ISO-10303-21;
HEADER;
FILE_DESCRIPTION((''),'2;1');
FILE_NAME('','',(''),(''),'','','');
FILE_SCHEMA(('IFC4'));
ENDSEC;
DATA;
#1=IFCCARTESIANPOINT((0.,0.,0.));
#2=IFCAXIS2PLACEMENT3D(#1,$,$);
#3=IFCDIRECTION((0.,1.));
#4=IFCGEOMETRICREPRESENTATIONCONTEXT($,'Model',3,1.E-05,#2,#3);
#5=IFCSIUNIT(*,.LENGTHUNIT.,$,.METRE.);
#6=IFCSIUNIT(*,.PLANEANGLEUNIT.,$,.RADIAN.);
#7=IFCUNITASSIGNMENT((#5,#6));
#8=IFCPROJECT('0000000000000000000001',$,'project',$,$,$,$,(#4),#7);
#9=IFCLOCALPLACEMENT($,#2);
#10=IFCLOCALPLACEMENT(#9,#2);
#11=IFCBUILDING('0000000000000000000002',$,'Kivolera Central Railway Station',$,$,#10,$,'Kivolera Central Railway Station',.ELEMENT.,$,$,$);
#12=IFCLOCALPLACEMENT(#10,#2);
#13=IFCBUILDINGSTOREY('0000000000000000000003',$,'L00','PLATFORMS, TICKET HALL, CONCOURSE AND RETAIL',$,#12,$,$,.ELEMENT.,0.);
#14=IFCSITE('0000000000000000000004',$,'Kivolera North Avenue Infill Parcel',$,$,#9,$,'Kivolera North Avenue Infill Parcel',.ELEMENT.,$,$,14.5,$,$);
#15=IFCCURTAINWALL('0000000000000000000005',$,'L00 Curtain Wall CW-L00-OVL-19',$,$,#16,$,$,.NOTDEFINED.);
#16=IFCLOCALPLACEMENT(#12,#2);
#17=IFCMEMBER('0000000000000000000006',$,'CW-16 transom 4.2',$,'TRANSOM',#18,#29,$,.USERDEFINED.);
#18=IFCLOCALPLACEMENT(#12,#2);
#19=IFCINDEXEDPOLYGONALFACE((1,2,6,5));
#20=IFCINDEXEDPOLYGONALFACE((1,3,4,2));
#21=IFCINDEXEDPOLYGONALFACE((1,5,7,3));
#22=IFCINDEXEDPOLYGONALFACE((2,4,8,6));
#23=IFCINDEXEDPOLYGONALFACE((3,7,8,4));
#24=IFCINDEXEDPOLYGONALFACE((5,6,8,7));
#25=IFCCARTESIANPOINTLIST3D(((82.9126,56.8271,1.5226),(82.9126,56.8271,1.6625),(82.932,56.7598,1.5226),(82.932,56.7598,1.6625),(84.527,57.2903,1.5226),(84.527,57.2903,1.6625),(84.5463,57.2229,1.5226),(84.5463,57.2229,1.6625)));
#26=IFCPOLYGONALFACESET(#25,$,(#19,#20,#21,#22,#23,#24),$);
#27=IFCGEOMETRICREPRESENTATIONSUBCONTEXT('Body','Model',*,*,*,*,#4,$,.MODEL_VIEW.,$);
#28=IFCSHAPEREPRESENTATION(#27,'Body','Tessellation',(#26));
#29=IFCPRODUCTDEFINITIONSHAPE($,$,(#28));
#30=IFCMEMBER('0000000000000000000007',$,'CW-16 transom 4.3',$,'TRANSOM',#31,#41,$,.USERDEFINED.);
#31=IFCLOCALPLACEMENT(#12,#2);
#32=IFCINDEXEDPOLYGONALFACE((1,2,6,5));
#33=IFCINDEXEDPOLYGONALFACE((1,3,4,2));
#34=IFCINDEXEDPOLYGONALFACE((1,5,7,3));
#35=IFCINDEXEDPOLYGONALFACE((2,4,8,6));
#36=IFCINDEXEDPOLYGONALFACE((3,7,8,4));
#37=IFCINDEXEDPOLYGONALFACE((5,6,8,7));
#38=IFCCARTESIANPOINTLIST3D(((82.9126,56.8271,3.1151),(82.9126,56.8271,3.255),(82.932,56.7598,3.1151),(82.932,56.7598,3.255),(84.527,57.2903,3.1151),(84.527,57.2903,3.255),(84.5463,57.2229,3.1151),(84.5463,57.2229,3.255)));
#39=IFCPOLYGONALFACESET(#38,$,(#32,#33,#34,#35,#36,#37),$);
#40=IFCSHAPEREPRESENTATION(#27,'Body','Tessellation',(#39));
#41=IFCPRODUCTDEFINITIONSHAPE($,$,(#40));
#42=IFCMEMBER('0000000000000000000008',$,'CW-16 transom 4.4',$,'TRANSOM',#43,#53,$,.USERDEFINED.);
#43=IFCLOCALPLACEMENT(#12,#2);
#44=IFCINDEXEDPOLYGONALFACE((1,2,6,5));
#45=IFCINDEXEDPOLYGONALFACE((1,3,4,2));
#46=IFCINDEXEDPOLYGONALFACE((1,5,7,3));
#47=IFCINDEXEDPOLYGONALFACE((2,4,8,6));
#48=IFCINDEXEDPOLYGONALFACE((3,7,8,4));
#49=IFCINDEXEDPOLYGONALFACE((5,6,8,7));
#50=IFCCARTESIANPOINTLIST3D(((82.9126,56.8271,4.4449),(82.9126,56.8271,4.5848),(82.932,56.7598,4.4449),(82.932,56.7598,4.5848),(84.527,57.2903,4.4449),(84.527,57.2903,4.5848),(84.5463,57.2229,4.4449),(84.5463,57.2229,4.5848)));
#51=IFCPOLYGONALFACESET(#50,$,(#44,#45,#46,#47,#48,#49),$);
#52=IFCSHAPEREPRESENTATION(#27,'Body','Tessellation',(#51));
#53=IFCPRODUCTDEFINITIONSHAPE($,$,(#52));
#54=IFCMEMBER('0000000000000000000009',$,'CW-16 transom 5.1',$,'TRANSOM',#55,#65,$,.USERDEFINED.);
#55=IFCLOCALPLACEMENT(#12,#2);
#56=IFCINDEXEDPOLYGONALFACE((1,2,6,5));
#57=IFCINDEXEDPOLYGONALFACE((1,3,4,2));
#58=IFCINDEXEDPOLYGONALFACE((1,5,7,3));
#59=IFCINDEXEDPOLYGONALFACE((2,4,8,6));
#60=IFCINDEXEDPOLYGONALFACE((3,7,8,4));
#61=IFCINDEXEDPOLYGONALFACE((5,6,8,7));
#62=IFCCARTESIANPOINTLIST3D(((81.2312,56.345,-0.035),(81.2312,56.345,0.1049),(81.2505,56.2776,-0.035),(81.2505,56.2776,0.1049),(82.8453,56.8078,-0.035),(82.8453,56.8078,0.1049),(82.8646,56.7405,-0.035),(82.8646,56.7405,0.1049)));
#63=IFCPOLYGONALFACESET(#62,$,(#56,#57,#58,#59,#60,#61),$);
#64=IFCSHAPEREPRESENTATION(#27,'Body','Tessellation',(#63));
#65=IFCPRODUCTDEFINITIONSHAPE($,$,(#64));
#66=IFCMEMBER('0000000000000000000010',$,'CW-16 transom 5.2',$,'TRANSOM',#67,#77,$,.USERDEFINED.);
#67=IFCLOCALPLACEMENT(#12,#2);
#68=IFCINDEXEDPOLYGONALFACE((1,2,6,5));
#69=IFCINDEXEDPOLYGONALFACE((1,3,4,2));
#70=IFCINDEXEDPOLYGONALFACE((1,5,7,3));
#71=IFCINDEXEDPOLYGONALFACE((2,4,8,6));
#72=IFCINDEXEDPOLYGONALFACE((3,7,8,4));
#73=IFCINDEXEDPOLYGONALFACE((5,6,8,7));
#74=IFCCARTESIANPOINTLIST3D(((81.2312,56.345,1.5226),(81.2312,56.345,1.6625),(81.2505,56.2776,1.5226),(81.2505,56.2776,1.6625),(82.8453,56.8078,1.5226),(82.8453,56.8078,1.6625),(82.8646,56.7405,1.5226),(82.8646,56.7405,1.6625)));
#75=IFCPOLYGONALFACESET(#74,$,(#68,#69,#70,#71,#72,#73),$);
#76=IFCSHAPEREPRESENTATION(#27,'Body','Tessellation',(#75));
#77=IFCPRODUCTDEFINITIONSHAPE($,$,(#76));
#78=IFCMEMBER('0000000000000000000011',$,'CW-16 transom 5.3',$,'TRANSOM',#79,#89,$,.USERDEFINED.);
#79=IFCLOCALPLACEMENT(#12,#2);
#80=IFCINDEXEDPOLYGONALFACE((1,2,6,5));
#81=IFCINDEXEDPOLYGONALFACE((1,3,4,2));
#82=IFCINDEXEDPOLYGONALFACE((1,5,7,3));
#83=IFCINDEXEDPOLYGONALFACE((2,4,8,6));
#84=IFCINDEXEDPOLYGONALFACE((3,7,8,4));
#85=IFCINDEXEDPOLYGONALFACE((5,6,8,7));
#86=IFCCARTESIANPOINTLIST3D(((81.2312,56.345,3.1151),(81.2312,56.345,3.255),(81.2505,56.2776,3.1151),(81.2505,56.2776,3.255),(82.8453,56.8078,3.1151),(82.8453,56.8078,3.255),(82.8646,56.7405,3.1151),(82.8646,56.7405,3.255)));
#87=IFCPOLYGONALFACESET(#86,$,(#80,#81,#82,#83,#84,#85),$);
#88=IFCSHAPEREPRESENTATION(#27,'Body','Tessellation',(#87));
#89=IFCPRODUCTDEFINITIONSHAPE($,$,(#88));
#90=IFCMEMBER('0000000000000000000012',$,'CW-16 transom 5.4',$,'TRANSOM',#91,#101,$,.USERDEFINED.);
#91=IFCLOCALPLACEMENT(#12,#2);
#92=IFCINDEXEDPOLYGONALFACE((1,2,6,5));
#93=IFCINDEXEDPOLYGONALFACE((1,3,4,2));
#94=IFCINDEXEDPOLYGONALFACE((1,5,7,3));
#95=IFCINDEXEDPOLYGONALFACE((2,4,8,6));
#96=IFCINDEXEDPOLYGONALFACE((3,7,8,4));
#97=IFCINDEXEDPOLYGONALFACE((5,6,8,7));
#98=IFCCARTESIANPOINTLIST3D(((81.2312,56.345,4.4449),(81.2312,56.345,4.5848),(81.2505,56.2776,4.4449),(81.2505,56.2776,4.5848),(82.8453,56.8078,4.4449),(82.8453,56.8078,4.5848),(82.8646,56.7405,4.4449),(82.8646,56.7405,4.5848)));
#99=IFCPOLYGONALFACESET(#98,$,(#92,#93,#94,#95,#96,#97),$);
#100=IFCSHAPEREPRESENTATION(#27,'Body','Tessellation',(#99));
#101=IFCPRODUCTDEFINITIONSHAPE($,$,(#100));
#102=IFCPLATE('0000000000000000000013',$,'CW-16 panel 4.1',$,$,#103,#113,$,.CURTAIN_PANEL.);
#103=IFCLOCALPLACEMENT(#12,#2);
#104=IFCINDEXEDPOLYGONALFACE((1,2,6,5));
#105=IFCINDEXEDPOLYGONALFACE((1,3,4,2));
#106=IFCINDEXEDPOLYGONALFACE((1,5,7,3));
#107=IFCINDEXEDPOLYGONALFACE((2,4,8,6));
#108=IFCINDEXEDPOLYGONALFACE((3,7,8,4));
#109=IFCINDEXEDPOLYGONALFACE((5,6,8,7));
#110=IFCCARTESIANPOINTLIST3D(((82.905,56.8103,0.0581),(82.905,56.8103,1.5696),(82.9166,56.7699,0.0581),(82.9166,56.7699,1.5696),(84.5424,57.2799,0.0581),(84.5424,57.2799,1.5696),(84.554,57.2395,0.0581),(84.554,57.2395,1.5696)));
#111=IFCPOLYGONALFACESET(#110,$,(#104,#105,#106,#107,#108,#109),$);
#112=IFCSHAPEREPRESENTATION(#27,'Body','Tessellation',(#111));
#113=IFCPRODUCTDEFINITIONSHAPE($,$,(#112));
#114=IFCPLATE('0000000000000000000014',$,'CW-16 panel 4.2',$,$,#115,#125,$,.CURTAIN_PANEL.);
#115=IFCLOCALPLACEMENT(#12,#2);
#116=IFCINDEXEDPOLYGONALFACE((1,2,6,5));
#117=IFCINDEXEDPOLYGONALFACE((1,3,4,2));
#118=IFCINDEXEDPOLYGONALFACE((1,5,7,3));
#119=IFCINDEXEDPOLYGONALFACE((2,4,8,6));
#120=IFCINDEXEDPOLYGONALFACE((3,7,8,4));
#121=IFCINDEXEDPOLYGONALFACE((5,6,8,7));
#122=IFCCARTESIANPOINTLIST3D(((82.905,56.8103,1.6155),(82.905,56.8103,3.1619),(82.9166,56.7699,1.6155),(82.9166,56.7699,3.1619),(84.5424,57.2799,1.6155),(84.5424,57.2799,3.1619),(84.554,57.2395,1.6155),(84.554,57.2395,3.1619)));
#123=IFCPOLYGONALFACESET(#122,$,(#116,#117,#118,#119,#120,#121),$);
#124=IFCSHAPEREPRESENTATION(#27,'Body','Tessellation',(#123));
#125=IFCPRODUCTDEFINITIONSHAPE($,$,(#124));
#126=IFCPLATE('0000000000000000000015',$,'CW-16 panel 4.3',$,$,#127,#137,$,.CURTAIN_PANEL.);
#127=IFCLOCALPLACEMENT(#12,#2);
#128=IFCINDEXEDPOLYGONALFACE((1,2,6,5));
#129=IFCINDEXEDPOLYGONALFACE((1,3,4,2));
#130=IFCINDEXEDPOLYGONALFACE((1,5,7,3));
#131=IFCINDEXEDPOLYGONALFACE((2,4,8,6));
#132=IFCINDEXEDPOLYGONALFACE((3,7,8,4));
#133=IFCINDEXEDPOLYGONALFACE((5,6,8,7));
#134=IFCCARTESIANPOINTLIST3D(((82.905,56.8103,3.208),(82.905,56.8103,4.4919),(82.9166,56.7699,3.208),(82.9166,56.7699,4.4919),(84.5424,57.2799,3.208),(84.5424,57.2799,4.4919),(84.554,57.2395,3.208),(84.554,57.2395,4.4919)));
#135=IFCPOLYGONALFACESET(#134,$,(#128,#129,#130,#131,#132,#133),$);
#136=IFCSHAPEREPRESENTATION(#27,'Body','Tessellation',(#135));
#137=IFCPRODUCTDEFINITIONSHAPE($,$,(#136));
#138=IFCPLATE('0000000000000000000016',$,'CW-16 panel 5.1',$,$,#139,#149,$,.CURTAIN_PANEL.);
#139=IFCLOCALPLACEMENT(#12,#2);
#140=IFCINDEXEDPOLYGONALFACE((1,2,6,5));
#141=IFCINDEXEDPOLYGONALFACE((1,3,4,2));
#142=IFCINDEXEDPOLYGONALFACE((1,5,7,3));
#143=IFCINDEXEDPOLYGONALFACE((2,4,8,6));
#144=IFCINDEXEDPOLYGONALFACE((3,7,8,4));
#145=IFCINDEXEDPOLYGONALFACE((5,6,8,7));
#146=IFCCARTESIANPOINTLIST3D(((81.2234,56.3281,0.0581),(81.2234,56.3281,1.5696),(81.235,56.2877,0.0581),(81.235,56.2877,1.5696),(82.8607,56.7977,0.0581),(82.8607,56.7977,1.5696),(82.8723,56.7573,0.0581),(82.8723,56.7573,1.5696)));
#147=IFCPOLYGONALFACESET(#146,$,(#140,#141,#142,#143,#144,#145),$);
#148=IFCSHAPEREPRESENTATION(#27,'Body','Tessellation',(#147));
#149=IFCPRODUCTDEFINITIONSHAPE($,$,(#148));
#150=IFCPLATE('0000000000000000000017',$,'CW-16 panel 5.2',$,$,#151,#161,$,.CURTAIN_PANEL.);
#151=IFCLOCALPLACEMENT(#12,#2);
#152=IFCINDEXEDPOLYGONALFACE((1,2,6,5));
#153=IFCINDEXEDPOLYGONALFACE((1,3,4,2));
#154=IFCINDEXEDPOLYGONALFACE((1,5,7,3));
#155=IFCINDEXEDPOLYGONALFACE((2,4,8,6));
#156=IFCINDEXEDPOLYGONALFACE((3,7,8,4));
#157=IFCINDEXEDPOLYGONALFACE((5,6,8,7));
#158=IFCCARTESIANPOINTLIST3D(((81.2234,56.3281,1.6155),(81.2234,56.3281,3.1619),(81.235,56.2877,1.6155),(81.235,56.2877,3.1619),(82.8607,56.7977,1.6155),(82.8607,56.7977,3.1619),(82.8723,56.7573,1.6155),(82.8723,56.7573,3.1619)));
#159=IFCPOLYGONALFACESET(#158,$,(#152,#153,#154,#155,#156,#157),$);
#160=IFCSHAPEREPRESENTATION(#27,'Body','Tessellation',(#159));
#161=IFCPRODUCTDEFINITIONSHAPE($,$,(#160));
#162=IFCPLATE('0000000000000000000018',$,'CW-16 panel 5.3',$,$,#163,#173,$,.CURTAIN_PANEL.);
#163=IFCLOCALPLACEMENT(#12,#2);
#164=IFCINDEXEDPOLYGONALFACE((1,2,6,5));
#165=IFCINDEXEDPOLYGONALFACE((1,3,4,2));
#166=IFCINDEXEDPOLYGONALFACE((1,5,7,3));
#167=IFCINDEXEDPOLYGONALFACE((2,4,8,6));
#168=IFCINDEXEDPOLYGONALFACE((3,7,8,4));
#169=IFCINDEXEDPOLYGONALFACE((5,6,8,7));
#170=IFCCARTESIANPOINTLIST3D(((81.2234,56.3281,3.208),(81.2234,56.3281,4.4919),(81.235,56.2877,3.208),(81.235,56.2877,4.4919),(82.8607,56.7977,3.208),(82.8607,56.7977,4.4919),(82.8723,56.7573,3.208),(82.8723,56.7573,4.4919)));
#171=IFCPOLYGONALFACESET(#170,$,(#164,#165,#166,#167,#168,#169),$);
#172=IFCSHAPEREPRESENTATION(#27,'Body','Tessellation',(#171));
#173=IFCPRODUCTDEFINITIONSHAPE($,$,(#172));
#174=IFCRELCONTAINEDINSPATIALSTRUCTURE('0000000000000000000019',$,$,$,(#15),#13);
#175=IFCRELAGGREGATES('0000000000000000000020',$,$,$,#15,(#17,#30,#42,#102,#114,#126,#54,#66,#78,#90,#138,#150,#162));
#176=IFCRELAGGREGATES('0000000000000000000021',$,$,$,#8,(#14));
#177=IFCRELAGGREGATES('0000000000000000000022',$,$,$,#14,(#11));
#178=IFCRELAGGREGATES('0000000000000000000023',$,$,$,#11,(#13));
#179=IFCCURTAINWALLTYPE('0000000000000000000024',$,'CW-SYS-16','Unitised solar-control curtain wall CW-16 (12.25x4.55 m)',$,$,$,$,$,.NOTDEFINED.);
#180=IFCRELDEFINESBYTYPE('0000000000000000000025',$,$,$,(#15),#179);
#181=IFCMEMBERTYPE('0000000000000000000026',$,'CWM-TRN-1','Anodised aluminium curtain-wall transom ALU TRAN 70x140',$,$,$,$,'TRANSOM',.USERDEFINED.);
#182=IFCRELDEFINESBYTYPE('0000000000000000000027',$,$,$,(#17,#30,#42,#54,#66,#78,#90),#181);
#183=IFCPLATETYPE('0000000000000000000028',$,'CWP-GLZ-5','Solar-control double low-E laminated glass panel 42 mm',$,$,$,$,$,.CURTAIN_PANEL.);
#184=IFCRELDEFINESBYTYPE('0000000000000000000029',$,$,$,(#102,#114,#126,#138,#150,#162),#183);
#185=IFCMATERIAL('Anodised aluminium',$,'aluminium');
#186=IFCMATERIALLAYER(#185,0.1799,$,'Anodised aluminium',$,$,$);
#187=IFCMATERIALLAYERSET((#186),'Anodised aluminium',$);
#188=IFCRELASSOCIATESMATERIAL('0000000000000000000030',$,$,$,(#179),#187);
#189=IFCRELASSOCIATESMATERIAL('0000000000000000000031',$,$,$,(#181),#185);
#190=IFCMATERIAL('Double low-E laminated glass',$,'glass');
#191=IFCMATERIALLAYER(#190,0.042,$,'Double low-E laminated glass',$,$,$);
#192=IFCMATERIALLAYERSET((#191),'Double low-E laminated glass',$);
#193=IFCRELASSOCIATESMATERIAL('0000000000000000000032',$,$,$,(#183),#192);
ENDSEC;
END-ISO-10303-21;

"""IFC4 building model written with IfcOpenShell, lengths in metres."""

from ifc_helpers import new_model, si_unit, direction, frame, origin, origin_2d, place, context, subcontext, project, spatial, rectangle, extrude, material, layer, layer_set, material_profile, profile_set, type_object, element, aggregate, save


model = new_model("IFC4")

# Units and contexts
model_context = context("Model", 3, precision=1e-05, world=origin(), true_north=direction((0.0, 1.0)))
body_context = subcontext(model_context, "Body", "Model", "MODEL_VIEW")
ifc_project = project(units=[si_unit("LENGTHUNIT", "METRE"), si_unit("PLANEANGLEUNIT", "RADIAN")], contexts=[model_context])

# Site, building, storey
site_placement = place(None, origin())
site = spatial("IfcSite", under=ifc_project, at=site_placement, Name="Kivolera North Avenue Infill Parcel", LongName="Kivolera North Avenue Infill Parcel", CompositionType="ELEMENT", RefElevation=14.5)
building_placement = place(site_placement, origin())
building = spatial("IfcBuilding", under=site, at=building_placement, Name="Kivolera Central Railway Station", LongName="Kivolera Central Railway Station", CompositionType="ELEMENT")
storey_placement = place(building_placement, origin())
storey = spatial("IfcBuildingStorey", under=building, at=storey_placement, Name="L00", Description="PLATFORMS, TICKET HALL, CONCOURSE AND RETAIL", CompositionType="ELEMENT", Elevation=0.0)

# Curtain wall, members, plates
ifc_material_1 = material(Name="Anodised aluminium", Category="aluminium")
ifc_layer_1 = layer(ifc_material_1, 0.1799, Name="Anodised aluminium")
ifc_layer_set_1 = layer_set([ifc_layer_1], Name="Anodised aluminium")
curtain_wall_type = type_object("IfcCurtainWallType", Name="CW-SYS-16", Description="Unitised solar-control curtain wall CW-16 (12.25x4.55 m)", PredefinedType="NOTDEFINED", material=ifc_layer_set_1)
curtain_wall_placement = place(storey_placement, origin())
curtain_wall = element("IfcCurtainWall", 1, at=curtain_wall_placement, inside=storey, type_object=curtain_wall_type, Name="L00 Curtain Wall CW-L00-OVL-19", PredefinedType="NOTDEFINED")
ifc_material_profile_1 = material_profile(ifc_material_1, rectangle(XDim=0.0701, YDim=0.1399, at=origin_2d()), Name="ALU TRAN 70x140")
ifc_profile_set_1 = profile_set([ifc_material_profile_1], Name="Anodised aluminium")
member_type_1 = type_object("IfcMemberType", Name="CWM-TRN-1", Description="Anodised aluminium curtain-wall transom ALU TRAN 70x140", ElementType="TRANSOM", PredefinedType="USERDEFINED", material=ifc_profile_set_1)
member_1_placement = place(storey_placement, frame((84.5366, 57.2566, 1.5925), z_axis=(-0.961222, -0.275777, 0.0), x_axis=(0.275777, -0.961222, 0.0)))
member_1 = element("IfcMember", 2, at=member_1_placement, type_object=member_type_1, Name="CW-16 transom 4.2", ObjectType="TRANSOM", PredefinedType="USERDEFINED", context=body_context, shape_type="SweptSolid", body=[
    extrude(rectangle(XDim=0.0701, YDim=0.1399, at=origin_2d()), origin(), (0.0, 0.0, 1.0), 1.6794),
])
member_2_placement = place(storey_placement, frame((84.5366, 57.2566, 3.1851), z_axis=(-0.961222, -0.275777, 0.0), x_axis=(0.275777, -0.961222, 0.0)))
member_2 = element("IfcMember", 3, at=member_2_placement, type_object=member_type_1, Name="CW-16 transom 4.3", ObjectType="TRANSOM", PredefinedType="USERDEFINED", context=body_context, shape_type="SweptSolid", body=[
    extrude(rectangle(XDim=0.0701, YDim=0.1399, at=origin_2d()), origin(), (0.0, 0.0, 1.0), 1.6794),
])
member_3_placement = place(storey_placement, frame((84.5366, 57.2566, 4.5149), z_axis=(-0.961222, -0.275777, 0.0), x_axis=(0.275777, -0.961222, 0.0)))
member_3 = element("IfcMember", 4, at=member_3_placement, type_object=member_type_1, Name="CW-16 transom 4.4", ObjectType="TRANSOM", PredefinedType="USERDEFINED", context=body_context, shape_type="SweptSolid", body=[
    extrude(rectangle(XDim=0.0701, YDim=0.1399, at=origin_2d()), origin(), (0.0, 0.0, 1.0), 1.6794),
])
member_4_placement = place(storey_placement, frame((82.855, 56.7742, 0.0349), z_axis=(-0.96126, -0.275643, 0.0), x_axis=(0.275643, -0.96126, 0.0)))
member_4 = element("IfcMember", 5, at=member_4_placement, type_object=member_type_1, Name="CW-16 transom 5.1", ObjectType="TRANSOM", PredefinedType="USERDEFINED", context=body_context, shape_type="SweptSolid", body=[
    extrude(rectangle(XDim=0.0701, YDim=0.1399, at=origin_2d()), origin(), (0.0, 0.0, 1.0), 1.6792),
])
member_5_placement = place(storey_placement, frame((82.855, 56.7742, 1.5925), z_axis=(-0.96126, -0.275643, 0.0), x_axis=(0.275643, -0.96126, 0.0)))
member_5 = element("IfcMember", 6, at=member_5_placement, type_object=member_type_1, Name="CW-16 transom 5.2", ObjectType="TRANSOM", PredefinedType="USERDEFINED", context=body_context, shape_type="SweptSolid", body=[
    extrude(rectangle(XDim=0.0701, YDim=0.1399, at=origin_2d()), origin(), (0.0, 0.0, 1.0), 1.6792),
])
member_6_placement = place(storey_placement, frame((82.855, 56.7742, 3.1851), z_axis=(-0.96126, -0.275643, 0.0), x_axis=(0.275643, -0.96126, 0.0)))
member_6 = element("IfcMember", 7, at=member_6_placement, type_object=member_type_1, Name="CW-16 transom 5.3", ObjectType="TRANSOM", PredefinedType="USERDEFINED", context=body_context, shape_type="SweptSolid", body=[
    extrude(rectangle(XDim=0.0701, YDim=0.1399, at=origin_2d()), origin(), (0.0, 0.0, 1.0), 1.6792),
])
member_7_placement = place(storey_placement, frame((82.855, 56.7742, 4.5149), z_axis=(-0.96126, -0.275643, 0.0), x_axis=(0.275643, -0.96126, 0.0)))
member_7 = element("IfcMember", 8, at=member_7_placement, type_object=member_type_1, Name="CW-16 transom 5.4", ObjectType="TRANSOM", PredefinedType="USERDEFINED", context=body_context, shape_type="SweptSolid", body=[
    extrude(rectangle(XDim=0.0701, YDim=0.1399, at=origin_2d()), origin(), (0.0, 0.0, 1.0), 1.6792),
])
ifc_material_2 = material(Name="Double low-E laminated glass", Category="glass")
ifc_layer_2 = layer(ifc_material_2, 0.042, Name="Double low-E laminated glass")
ifc_layer_set_2 = layer_set([ifc_layer_2], Name="Double low-E laminated glass")
plate_type = type_object("IfcPlateType", Name="CWP-GLZ-5", Description="Solar-control double low-E laminated glass panel 42 mm", PredefinedType="CURTAIN_PANEL", material=ifc_layer_set_2)
plate_1_placement = place(storey_placement, frame((83.7295, 57.0249, 0.0581), z_axis=(0.0, 0.0, 1.0), x_axis=(-0.961246, -0.275692, 0.0)))
plate_1 = element("IfcPlate", 9, at=plate_1_placement, type_object=plate_type, Name="CW-16 panel 4.1", PredefinedType="CURTAIN_PANEL", context=body_context, shape_type="SweptSolid", body=[
    extrude(rectangle(XDim=1.7034, YDim=0.042, at=origin_2d()), origin(), (0.0, 0.0, 1.0), 1.5115),
])
plate_2_placement = place(storey_placement, frame((83.7295, 57.0249, 1.6155), z_axis=(0.0, 0.0, 1.0), x_axis=(-0.961246, -0.275692, 0.0)))
plate_2 = element("IfcPlate", 10, at=plate_2_placement, type_object=plate_type, Name="CW-16 panel 4.2", PredefinedType="CURTAIN_PANEL", context=body_context, shape_type="SweptSolid", body=[
    extrude(rectangle(XDim=1.7034, YDim=0.042, at=origin_2d()), origin(), (0.0, 0.0, 1.0), 1.5464),
])
plate_3_placement = place(storey_placement, frame((83.7295, 57.0249, 3.208), z_axis=(0.0, 0.0, 1.0), x_axis=(-0.961246, -0.275692, 0.0)))
plate_3 = element("IfcPlate", 11, at=plate_3_placement, type_object=plate_type, Name="CW-16 panel 4.3", PredefinedType="CURTAIN_PANEL", context=body_context, shape_type="SweptSolid", body=[
    extrude(rectangle(XDim=1.7034, YDim=0.042, at=origin_2d()), origin(), (0.0, 0.0, 1.0), 1.2839),
])
plate_4_placement = place(storey_placement, frame((82.0479, 56.5427, 0.0581), z_axis=(0.0, 0.0, 1.0), x_axis=(-0.961246, -0.275692, 0.0)))
plate_4 = element("IfcPlate", 12, at=plate_4_placement, type_object=plate_type, Name="CW-16 panel 5.1", PredefinedType="CURTAIN_PANEL", context=body_context, shape_type="SweptSolid", body=[
    extrude(rectangle(XDim=1.7034, YDim=0.042, at=origin_2d()), origin(), (0.0, 0.0, 1.0), 1.5115),
])
plate_5_placement = place(storey_placement, frame((82.0479, 56.5427, 1.6155), z_axis=(0.0, 0.0, 1.0), x_axis=(-0.961246, -0.275692, 0.0)))
plate_5 = element("IfcPlate", 13, at=plate_5_placement, type_object=plate_type, Name="CW-16 panel 5.2", PredefinedType="CURTAIN_PANEL", context=body_context, shape_type="SweptSolid", body=[
    extrude(rectangle(XDim=1.7034, YDim=0.042, at=origin_2d()), origin(), (0.0, 0.0, 1.0), 1.5464),
])
plate_6_placement = place(storey_placement, frame((82.0479, 56.5427, 3.208), z_axis=(0.0, 0.0, 1.0), x_axis=(-0.961246, -0.275692, 0.0)))
plate_6 = element("IfcPlate", 14, at=plate_6_placement, type_object=plate_type, Name="CW-16 panel 5.3", PredefinedType="CURTAIN_PANEL", context=body_context, shape_type="SweptSolid", body=[
    extrude(rectangle(XDim=1.7034, YDim=0.042, at=origin_2d()), origin(), (0.0, 0.0, 1.0), 1.2839),
])
aggregate(curtain_wall, [member_1, member_2, member_3, plate_1, plate_2, plate_3, member_4, member_5, member_6, member_7, plate_4, plate_5, plate_6])

save(model, "model.ifc")
